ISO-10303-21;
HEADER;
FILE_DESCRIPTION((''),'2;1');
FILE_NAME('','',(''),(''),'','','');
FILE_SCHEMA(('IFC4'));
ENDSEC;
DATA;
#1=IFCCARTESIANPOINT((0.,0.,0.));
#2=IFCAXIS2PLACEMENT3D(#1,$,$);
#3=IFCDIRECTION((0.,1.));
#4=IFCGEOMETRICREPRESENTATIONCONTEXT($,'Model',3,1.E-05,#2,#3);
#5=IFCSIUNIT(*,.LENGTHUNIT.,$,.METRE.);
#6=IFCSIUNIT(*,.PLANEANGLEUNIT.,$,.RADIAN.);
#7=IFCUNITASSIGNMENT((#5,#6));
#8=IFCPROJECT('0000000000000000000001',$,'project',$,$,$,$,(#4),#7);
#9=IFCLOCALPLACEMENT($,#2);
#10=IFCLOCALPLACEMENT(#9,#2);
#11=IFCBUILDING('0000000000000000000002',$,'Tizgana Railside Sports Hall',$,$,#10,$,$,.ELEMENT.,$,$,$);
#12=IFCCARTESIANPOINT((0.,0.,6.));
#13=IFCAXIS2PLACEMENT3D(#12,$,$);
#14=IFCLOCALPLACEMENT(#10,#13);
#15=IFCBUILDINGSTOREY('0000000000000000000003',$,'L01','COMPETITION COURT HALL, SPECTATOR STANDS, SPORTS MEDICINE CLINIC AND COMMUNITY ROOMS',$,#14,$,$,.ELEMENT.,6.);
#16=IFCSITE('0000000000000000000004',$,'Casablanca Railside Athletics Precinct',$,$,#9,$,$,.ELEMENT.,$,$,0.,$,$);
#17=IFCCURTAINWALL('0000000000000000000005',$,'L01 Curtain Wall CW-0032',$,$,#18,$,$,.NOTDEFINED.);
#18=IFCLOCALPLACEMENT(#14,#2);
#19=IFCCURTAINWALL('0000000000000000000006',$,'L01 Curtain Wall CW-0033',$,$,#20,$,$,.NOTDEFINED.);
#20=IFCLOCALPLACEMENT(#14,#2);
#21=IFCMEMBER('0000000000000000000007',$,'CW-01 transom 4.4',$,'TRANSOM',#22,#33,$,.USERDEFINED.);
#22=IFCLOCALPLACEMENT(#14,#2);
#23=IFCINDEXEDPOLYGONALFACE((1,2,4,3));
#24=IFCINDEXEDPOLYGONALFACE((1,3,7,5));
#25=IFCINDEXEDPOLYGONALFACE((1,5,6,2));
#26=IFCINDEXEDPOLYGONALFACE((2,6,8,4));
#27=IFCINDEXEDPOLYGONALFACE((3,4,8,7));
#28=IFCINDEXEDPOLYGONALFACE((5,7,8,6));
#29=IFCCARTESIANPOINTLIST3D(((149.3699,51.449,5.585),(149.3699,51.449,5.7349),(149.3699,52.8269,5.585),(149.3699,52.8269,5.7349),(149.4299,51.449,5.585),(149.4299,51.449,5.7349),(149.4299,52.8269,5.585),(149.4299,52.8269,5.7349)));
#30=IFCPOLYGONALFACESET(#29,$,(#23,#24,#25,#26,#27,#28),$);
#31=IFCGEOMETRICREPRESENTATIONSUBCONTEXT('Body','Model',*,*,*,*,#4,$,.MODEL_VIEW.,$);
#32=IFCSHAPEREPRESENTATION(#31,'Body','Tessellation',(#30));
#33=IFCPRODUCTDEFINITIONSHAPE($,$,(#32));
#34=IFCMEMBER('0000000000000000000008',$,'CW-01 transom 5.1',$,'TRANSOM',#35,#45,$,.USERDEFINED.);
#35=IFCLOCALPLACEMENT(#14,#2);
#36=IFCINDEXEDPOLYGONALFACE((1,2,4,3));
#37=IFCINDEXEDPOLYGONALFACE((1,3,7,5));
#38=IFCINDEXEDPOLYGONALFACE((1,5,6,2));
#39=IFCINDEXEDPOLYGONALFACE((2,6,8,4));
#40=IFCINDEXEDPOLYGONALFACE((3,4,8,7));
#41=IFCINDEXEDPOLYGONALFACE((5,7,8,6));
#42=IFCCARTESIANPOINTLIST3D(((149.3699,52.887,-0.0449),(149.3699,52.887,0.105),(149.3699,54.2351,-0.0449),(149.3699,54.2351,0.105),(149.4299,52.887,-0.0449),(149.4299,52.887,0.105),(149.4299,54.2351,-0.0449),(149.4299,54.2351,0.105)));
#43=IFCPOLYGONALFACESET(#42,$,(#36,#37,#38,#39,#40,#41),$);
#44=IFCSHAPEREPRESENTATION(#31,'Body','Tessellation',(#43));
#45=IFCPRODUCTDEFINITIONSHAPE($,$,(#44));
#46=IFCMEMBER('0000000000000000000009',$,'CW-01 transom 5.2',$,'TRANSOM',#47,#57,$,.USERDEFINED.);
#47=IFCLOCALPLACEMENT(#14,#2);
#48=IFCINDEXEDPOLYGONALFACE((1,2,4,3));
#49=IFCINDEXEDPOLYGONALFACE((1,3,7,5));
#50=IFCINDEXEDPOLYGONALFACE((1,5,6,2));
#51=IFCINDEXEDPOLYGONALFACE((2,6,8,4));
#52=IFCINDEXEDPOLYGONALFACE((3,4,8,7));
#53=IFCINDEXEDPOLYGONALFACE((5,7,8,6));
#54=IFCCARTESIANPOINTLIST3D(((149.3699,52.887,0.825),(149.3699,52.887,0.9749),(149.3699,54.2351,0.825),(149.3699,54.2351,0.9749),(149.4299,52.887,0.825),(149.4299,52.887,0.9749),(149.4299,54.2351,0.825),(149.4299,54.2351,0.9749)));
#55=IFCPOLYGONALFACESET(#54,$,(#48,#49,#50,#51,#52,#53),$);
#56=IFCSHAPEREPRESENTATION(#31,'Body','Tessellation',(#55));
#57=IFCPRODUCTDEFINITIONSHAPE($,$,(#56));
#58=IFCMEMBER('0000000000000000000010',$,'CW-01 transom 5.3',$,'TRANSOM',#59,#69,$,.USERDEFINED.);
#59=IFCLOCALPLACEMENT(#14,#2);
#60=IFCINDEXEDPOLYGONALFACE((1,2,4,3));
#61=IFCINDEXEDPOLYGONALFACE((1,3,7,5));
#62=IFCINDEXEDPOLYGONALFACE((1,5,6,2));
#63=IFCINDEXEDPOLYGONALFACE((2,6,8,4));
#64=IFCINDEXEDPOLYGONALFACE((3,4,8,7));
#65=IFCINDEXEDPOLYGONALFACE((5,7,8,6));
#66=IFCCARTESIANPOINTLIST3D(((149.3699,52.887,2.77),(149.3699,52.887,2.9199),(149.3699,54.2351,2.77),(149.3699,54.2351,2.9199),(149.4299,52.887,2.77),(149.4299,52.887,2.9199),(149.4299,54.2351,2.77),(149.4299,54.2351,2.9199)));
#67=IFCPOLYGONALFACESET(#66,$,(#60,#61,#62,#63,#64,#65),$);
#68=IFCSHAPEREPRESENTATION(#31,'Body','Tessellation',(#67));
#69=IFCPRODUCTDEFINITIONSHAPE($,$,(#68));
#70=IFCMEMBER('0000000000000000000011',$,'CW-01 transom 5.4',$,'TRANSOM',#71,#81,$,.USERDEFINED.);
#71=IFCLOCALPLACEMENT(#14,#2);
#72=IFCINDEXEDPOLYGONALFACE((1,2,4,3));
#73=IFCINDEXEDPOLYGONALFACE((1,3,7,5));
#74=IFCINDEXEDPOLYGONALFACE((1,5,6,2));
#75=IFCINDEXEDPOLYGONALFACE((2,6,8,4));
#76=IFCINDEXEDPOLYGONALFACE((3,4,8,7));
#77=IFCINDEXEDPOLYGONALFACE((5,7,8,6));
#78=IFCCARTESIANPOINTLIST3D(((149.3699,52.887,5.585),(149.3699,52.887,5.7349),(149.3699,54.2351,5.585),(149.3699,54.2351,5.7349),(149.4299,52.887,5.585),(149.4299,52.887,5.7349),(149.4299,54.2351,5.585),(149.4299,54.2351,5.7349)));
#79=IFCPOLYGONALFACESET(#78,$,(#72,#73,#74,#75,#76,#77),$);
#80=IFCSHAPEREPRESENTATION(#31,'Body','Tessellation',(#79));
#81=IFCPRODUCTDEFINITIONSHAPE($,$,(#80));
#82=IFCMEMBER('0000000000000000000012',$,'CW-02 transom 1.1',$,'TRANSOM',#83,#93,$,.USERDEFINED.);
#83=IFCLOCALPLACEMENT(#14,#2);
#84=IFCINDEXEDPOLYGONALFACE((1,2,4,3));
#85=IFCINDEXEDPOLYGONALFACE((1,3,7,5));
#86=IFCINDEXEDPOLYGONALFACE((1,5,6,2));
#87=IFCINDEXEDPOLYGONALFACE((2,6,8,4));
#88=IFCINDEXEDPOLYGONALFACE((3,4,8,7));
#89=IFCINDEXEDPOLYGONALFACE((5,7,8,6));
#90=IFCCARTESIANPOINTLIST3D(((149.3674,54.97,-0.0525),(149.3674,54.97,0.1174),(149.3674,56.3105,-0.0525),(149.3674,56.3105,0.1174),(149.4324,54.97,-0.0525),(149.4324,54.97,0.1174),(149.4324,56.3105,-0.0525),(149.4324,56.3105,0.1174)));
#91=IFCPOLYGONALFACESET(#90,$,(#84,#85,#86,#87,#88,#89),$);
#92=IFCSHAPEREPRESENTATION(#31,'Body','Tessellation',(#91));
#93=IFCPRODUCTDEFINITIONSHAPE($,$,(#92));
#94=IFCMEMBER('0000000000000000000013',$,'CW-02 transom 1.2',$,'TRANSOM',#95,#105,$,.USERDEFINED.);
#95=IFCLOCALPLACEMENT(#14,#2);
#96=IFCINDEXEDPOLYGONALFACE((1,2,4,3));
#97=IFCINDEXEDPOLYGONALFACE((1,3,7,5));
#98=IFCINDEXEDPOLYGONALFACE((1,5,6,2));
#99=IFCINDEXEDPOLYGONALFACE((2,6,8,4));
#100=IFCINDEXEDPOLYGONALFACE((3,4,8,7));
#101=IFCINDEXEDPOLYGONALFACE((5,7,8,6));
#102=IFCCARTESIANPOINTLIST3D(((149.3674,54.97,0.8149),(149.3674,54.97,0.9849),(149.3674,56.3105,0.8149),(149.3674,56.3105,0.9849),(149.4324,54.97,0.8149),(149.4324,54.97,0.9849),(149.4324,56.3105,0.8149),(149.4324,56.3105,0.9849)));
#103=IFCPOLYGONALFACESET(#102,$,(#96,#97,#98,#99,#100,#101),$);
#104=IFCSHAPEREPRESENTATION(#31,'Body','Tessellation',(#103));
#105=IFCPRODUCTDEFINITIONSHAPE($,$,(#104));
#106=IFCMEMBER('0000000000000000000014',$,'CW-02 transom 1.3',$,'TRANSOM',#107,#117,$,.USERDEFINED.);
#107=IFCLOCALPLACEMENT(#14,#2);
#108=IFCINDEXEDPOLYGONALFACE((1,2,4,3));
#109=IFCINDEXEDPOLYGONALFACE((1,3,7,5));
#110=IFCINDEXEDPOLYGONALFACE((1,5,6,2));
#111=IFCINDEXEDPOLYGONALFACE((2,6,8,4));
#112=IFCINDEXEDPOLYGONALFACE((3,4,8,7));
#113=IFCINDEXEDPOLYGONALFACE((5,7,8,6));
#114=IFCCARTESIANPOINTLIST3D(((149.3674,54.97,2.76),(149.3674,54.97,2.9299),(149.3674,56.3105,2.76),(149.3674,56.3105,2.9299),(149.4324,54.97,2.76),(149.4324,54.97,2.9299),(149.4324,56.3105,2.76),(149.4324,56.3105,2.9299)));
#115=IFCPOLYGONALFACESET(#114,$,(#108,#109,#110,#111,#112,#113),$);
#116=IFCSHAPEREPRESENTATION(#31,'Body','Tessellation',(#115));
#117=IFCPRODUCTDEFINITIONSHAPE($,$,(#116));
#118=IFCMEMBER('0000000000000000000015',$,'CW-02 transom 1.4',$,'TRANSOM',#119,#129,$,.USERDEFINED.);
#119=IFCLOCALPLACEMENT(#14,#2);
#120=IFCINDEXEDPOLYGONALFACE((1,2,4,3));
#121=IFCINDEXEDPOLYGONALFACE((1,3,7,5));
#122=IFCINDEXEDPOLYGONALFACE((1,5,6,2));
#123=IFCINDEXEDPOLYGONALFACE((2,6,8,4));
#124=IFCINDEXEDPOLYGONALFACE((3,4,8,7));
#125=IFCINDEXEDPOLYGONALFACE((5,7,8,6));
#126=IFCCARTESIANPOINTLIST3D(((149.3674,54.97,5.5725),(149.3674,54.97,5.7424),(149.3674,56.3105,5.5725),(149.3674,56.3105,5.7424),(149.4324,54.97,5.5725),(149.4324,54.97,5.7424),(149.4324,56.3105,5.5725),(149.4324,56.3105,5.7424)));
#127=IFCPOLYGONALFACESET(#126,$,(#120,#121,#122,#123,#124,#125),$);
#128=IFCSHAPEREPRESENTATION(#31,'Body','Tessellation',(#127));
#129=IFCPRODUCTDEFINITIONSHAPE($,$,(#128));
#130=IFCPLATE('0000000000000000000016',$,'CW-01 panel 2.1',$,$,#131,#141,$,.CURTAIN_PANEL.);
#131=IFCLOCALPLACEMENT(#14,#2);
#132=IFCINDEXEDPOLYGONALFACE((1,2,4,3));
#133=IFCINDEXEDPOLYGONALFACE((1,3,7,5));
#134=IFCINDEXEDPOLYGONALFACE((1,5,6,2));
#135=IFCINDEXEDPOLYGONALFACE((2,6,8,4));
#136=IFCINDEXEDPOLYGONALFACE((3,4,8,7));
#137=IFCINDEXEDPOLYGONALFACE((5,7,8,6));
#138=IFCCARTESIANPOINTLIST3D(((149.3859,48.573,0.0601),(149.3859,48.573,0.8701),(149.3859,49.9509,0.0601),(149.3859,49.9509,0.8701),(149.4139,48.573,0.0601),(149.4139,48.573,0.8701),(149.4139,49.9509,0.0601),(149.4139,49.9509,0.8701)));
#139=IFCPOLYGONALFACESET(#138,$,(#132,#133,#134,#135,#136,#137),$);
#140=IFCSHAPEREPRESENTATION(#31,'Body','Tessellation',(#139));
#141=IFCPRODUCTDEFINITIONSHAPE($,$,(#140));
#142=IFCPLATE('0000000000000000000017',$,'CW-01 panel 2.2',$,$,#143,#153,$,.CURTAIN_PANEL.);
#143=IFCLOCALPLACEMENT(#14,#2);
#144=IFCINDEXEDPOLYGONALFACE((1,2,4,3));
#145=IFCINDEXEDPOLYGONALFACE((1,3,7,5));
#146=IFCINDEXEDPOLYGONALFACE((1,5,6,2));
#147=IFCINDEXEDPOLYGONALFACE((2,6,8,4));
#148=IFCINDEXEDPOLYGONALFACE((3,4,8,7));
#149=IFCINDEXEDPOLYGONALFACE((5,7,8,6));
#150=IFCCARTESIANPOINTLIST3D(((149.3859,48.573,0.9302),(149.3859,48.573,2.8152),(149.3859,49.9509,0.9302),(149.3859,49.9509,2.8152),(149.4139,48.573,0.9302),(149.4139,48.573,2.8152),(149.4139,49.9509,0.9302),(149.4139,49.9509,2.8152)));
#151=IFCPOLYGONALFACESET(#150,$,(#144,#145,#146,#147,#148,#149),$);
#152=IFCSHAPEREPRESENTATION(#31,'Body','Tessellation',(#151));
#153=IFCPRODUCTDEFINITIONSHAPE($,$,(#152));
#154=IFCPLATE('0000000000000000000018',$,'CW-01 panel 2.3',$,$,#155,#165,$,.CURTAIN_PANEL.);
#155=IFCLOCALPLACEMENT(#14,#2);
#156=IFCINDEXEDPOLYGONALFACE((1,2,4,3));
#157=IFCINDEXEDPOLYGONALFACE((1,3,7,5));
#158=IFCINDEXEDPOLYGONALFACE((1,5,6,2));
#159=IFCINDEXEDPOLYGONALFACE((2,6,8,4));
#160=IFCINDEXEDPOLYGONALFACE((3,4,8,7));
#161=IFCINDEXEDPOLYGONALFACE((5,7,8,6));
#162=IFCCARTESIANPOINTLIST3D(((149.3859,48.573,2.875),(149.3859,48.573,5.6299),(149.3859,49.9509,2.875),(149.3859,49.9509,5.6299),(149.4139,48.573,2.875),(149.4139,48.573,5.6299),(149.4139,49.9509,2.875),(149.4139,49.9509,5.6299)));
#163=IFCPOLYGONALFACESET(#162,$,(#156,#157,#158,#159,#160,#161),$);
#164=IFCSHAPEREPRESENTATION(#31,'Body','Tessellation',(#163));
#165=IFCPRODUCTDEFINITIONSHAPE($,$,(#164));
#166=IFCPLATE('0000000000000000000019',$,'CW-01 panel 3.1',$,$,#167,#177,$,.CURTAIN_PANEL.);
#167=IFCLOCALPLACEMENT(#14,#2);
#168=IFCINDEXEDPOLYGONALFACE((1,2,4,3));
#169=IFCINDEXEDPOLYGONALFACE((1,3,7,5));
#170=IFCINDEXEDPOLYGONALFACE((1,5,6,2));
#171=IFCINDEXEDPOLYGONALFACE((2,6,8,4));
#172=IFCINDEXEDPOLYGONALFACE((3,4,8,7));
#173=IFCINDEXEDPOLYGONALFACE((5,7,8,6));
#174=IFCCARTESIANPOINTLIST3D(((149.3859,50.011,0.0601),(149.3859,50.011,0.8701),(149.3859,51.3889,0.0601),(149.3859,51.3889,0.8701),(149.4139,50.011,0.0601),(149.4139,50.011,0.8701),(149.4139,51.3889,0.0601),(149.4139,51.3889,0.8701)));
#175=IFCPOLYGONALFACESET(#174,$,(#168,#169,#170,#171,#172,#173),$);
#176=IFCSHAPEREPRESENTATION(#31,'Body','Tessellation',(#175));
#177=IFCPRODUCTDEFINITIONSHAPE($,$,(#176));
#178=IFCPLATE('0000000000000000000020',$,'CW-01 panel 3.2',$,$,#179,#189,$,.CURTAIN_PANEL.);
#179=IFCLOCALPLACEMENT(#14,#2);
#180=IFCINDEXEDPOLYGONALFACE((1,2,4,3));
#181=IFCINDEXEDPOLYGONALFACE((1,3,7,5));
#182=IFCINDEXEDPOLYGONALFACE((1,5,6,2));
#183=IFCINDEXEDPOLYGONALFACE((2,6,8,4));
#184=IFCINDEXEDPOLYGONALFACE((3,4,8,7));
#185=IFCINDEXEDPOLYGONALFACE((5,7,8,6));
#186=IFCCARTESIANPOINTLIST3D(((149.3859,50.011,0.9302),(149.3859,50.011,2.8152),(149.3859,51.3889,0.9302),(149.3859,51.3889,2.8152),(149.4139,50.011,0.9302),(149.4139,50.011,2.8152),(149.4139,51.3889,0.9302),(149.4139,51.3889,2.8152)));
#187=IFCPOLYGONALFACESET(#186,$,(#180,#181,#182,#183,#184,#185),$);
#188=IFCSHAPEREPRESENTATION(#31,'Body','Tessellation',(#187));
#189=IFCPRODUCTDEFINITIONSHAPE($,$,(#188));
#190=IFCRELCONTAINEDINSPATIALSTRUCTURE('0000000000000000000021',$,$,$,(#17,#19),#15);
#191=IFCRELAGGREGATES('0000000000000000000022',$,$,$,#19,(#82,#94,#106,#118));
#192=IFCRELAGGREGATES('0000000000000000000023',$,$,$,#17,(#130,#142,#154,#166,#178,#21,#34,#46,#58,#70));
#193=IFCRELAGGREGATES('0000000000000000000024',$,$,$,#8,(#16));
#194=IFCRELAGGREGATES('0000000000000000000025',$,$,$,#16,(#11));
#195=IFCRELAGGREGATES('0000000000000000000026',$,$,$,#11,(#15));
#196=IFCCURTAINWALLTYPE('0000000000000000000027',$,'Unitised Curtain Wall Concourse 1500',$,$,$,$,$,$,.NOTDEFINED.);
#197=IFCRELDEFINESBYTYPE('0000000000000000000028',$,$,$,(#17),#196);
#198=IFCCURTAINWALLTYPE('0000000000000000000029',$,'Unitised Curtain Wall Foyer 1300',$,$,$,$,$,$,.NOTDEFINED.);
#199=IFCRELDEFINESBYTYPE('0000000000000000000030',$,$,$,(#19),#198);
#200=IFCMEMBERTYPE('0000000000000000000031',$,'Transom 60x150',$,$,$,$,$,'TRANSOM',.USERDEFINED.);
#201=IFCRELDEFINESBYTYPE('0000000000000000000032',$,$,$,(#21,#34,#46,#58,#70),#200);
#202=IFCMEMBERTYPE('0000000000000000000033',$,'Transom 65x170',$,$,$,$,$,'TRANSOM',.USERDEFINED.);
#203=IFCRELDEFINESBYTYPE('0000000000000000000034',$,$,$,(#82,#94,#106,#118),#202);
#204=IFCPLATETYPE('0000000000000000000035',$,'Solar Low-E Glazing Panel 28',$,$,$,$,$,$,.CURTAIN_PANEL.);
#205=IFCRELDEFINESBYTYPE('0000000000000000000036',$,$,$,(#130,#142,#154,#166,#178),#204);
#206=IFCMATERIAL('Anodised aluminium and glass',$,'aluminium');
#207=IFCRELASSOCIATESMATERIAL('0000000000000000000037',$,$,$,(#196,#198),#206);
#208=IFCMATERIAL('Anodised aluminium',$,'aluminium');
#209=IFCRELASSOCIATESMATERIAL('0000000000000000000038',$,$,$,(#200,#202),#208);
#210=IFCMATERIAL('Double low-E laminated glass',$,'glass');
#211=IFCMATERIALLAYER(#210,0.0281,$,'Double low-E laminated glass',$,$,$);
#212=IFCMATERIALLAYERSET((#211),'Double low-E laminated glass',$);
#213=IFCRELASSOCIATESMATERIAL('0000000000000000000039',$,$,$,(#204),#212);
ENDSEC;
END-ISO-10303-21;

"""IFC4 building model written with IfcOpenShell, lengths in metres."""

from ifc_helpers import new_model, si_unit, direction, frame, origin, origin_2d, place, context, subcontext, project, spatial, rectangle, extrude, material, layer, layer_set, material_profile, profile_set, type_object, element, aggregate, save


model = new_model("IFC4")

# Units and contexts
model_context = context("Model", 3, precision=1e-05, world=origin(), true_north=direction((0.0, 1.0)))
body_context = subcontext(model_context, "Body", "Model", "MODEL_VIEW")
ifc_project = project(units=[si_unit("LENGTHUNIT", "METRE"), si_unit("PLANEANGLEUNIT", "RADIAN")], contexts=[model_context])

# Site, building, storey
site_placement = place(None, origin())
site = spatial("IfcSite", under=ifc_project, at=site_placement, Name="Casablanca Railside Athletics Precinct", CompositionType="ELEMENT", RefElevation=0.0)
building_placement = place(site_placement, origin())
building = spatial("IfcBuilding", under=site, at=building_placement, Name="Tizgana Railside Sports Hall", CompositionType="ELEMENT")
storey_placement = place(building_placement, frame((0.0, 0.0, 6.0)))
storey = spatial("IfcBuildingStorey", under=building, at=storey_placement, Name="L01", Description="COMPETITION COURT HALL, SPECTATOR STANDS, SPORTS MEDICINE CLINIC AND COMMUNITY ROOMS", CompositionType="ELEMENT", Elevation=6.0)

# Curtain wall
ifc_material_1 = material(Name="Anodised aluminium and glass", Category="aluminium")
curtain_wall_type_1 = type_object("IfcCurtainWallType", Name="Unitised Curtain Wall Concourse 1500", PredefinedType="NOTDEFINED", material=ifc_material_1)
curtain_wall_1_placement = place(storey_placement, origin())
curtain_wall_1 = element("IfcCurtainWall", 1, at=curtain_wall_1_placement, inside=storey, type_object=curtain_wall_type_1, Name="L01 Curtain Wall CW-0032", PredefinedType="NOTDEFINED")
ifc_material_2 = material(Name="Anodised aluminium", Category="aluminium")

# Curtain wall
curtain_wall_type_2 = type_object("IfcCurtainWallType", Name="Unitised Curtain Wall Foyer 1300", PredefinedType="NOTDEFINED", material=ifc_material_1)
curtain_wall_2_placement = place(storey_placement, origin())
curtain_wall_2 = element("IfcCurtainWall", 2, at=curtain_wall_2_placement, inside=storey, type_object=curtain_wall_type_2, Name="L01 Curtain Wall CW-0033", PredefinedType="NOTDEFINED")

# Members
ifc_material_profile_1 = material_profile(ifc_material_2, rectangle(XDim=0.0601, YDim=0.1499, at=origin_2d()), Name="Transom 60x150")
ifc_profile_set_1 = profile_set([ifc_material_profile_1], Name="Anodised aluminium")
member_type_1 = type_object("IfcMemberType", Name="Transom 60x150", ElementType="TRANSOM", PredefinedType="USERDEFINED", material=ifc_profile_set_1)
member_1_placement = place(storey_placement, frame((149.3999, 51.449, 5.6599), z_axis=(0.0, 1.0, 0.0), x_axis=(-1.0, 0.0, 0.0)))
member_1 = element("IfcMember", 3, at=member_1_placement, type_object=member_type_1, Name="CW-01 transom 4.4", ObjectType="TRANSOM", PredefinedType="USERDEFINED", context=body_context, shape_type="SweptSolid", body=[
    extrude(rectangle(XDim=0.0601, YDim=0.1499, at=origin_2d()), origin(), (0.0, 0.0, 1.0), 1.3779),
])
member_2_placement = place(storey_placement, frame((149.3999, 52.887, 0.03), z_axis=(0.0, 1.0, 0.0), x_axis=(-1.0, 0.0, 0.0)))
member_2 = element("IfcMember", 4, at=member_2_placement, type_object=member_type_1, Name="CW-01 transom 5.1", ObjectType="TRANSOM", PredefinedType="USERDEFINED", context=body_context, shape_type="SweptSolid", body=[
    extrude(rectangle(XDim=0.0601, YDim=0.1499, at=origin_2d()), origin(), (0.0, 0.0, 1.0), 1.3481),
])
member_3_placement = place(storey_placement, frame((149.3999, 52.887, 0.8999), z_axis=(0.0, 1.0, 0.0), x_axis=(-1.0, 0.0, 0.0)))
member_3 = element("IfcMember", 5, at=member_3_placement, type_object=member_type_1, Name="CW-01 transom 5.2", ObjectType="TRANSOM", PredefinedType="USERDEFINED", context=body_context, shape_type="SweptSolid", body=[
    extrude(rectangle(XDim=0.0601, YDim=0.1499, at=origin_2d()), origin(), (0.0, 0.0, 1.0), 1.3481),
])
member_4_placement = place(storey_placement, frame((149.3999, 52.887, 2.845), z_axis=(0.0, 1.0, 0.0), x_axis=(-1.0, 0.0, 0.0)))
member_4 = element("IfcMember", 6, at=member_4_placement, type_object=member_type_1, Name="CW-01 transom 5.3", ObjectType="TRANSOM", PredefinedType="USERDEFINED", context=body_context, shape_type="SweptSolid", body=[
    extrude(rectangle(XDim=0.0601, YDim=0.1499, at=origin_2d()), origin(), (0.0, 0.0, 1.0), 1.3481),
])
member_5_placement = place(storey_placement, frame((149.3999, 52.887, 5.6599), z_axis=(0.0, 1.0, 0.0), x_axis=(-1.0, 0.0, 0.0)))
member_5 = element("IfcMember", 7, at=member_5_placement, type_object=member_type_1, Name="CW-01 transom 5.4", ObjectType="TRANSOM", PredefinedType="USERDEFINED", context=body_context, shape_type="SweptSolid", body=[
    extrude(rectangle(XDim=0.0601, YDim=0.1499, at=origin_2d()), origin(), (0.0, 0.0, 1.0), 1.3481),
])
ifc_material_profile_2 = material_profile(ifc_material_2, rectangle(XDim=0.0649, YDim=0.1699, at=origin_2d()), Name="Transom 65x170")
ifc_profile_set_2 = profile_set([ifc_material_profile_2], Name="Anodised aluminium")
member_type_2 = type_object("IfcMemberType", Name="Transom 65x170", ElementType="TRANSOM", PredefinedType="USERDEFINED", material=ifc_profile_set_2)
member_6_placement = place(storey_placement, frame((149.3999, 54.97, 0.0325), z_axis=(0.0, 1.0, 0.0), x_axis=(-1.0, 0.0, 0.0)))
member_6 = element("IfcMember", 8, at=member_6_placement, type_object=member_type_2, Name="CW-02 transom 1.1", ObjectType="TRANSOM", PredefinedType="USERDEFINED", context=body_context, shape_type="SweptSolid", body=[
    extrude(rectangle(XDim=0.0649, YDim=0.1699, at=origin_2d()), origin(), (0.0, 0.0, 1.0), 1.3406),
])
member_7_placement = place(storey_placement, frame((149.3999, 54.97, 0.8999), z_axis=(0.0, 1.0, 0.0), x_axis=(-1.0, 0.0, 0.0)))
member_7 = element("IfcMember", 9, at=member_7_placement, type_object=member_type_2, Name="CW-02 transom 1.2", ObjectType="TRANSOM", PredefinedType="USERDEFINED", context=body_context, shape_type="SweptSolid", body=[
    extrude(rectangle(XDim=0.0649, YDim=0.1699, at=origin_2d()), origin(), (0.0, 0.0, 1.0), 1.3406),
])
member_8_placement = place(storey_placement, frame((149.3999, 54.97, 2.845), z_axis=(0.0, 1.0, 0.0), x_axis=(-1.0, 0.0, 0.0)))
member_8 = element("IfcMember", 10, at=member_8_placement, type_object=member_type_2, Name="CW-02 transom 1.3", ObjectType="TRANSOM", PredefinedType="USERDEFINED", context=body_context, shape_type="SweptSolid", body=[
    extrude(rectangle(XDim=0.0649, YDim=0.1699, at=origin_2d()), origin(), (0.0, 0.0, 1.0), 1.3406),
])
member_9_placement = place(storey_placement, frame((149.3999, 54.97, 5.6575), z_axis=(0.0, 1.0, 0.0), x_axis=(-1.0, 0.0, 0.0)))
member_9 = element("IfcMember", 11, at=member_9_placement, type_object=member_type_2, Name="CW-02 transom 1.4", ObjectType="TRANSOM", PredefinedType="USERDEFINED", context=body_context, shape_type="SweptSolid", body=[
    extrude(rectangle(XDim=0.0649, YDim=0.1699, at=origin_2d()), origin(), (0.0, 0.0, 1.0), 1.3406),
])
aggregate(curtain_wall_2, [member_6, member_7, member_8, member_9])

# Plates
ifc_material_3 = material(Name="Double low-E laminated glass", Category="glass")
ifc_layer = layer(ifc_material_3, 0.0281, Name="Double low-E laminated glass")
ifc_layer_set = layer_set([ifc_layer], Name="Double low-E laminated glass")
plate_type = type_object("IfcPlateType", Name="Solar Low-E Glazing Panel 28", PredefinedType="CURTAIN_PANEL", material=ifc_layer_set)
plate_1_placement = place(storey_placement, frame((149.3999, 49.262, 0.0601), z_axis=(0.0, 0.0, 1.0), x_axis=(0.0, 1.0, 0.0)))
plate_1 = element("IfcPlate", 12, at=plate_1_placement, type_object=plate_type, Name="CW-01 panel 2.1", PredefinedType="CURTAIN_PANEL", context=body_context, shape_type="SweptSolid", body=[
    extrude(rectangle(XDim=1.3779, YDim=0.0281, at=origin_2d()), origin(), (0.0, 0.0, 1.0), 0.8101),
])
plate_2_placement = place(storey_placement, frame((149.3999, 49.262, 0.9302), z_axis=(0.0, 0.0, 1.0), x_axis=(0.0, 1.0, 0.0)))
plate_2 = element("IfcPlate", 13, at=plate_2_placement, type_object=plate_type, Name="CW-01 panel 2.2", PredefinedType="CURTAIN_PANEL", context=body_context, shape_type="SweptSolid", body=[
    extrude(rectangle(XDim=1.3779, YDim=0.0281, at=origin_2d()), origin(), (0.0, 0.0, 1.0), 1.885),
])
plate_3_placement = place(storey_placement, frame((149.3999, 49.262, 2.875), z_axis=(0.0, 0.0, 1.0), x_axis=(0.0, 1.0, 0.0)))
plate_3 = element("IfcPlate", 14, at=plate_3_placement, type_object=plate_type, Name="CW-01 panel 2.3", PredefinedType="CURTAIN_PANEL", context=body_context, shape_type="SweptSolid", body=[
    extrude(rectangle(XDim=1.3779, YDim=0.0281, at=origin_2d()), origin(), (0.0, 0.0, 1.0), 2.7549),
])
plate_4_placement = place(storey_placement, frame((149.3999, 50.7, 0.0601), z_axis=(0.0, 0.0, 1.0), x_axis=(0.0, 1.0, 0.0)))
plate_4 = element("IfcPlate", 15, at=plate_4_placement, type_object=plate_type, Name="CW-01 panel 3.1", PredefinedType="CURTAIN_PANEL", context=body_context, shape_type="SweptSolid", body=[
    extrude(rectangle(XDim=1.3779, YDim=0.0281, at=origin_2d()), origin(), (0.0, 0.0, 1.0), 0.8101),
])
plate_5_placement = place(storey_placement, frame((149.3999, 50.7, 0.9302), z_axis=(0.0, 0.0, 1.0), x_axis=(0.0, 1.0, 0.0)))
plate_5 = element("IfcPlate", 16, at=plate_5_placement, type_object=plate_type, Name="CW-01 panel 3.2", PredefinedType="CURTAIN_PANEL", context=body_context, shape_type="SweptSolid", body=[
    extrude(rectangle(XDim=1.3779, YDim=0.0281, at=origin_2d()), origin(), (0.0, 0.0, 1.0), 1.885),
])
aggregate(curtain_wall_1, [plate_1, plate_2, plate_3, plate_4, plate_5, member_1, member_2, member_3, member_4, member_5])

save(model, "model.ifc")
